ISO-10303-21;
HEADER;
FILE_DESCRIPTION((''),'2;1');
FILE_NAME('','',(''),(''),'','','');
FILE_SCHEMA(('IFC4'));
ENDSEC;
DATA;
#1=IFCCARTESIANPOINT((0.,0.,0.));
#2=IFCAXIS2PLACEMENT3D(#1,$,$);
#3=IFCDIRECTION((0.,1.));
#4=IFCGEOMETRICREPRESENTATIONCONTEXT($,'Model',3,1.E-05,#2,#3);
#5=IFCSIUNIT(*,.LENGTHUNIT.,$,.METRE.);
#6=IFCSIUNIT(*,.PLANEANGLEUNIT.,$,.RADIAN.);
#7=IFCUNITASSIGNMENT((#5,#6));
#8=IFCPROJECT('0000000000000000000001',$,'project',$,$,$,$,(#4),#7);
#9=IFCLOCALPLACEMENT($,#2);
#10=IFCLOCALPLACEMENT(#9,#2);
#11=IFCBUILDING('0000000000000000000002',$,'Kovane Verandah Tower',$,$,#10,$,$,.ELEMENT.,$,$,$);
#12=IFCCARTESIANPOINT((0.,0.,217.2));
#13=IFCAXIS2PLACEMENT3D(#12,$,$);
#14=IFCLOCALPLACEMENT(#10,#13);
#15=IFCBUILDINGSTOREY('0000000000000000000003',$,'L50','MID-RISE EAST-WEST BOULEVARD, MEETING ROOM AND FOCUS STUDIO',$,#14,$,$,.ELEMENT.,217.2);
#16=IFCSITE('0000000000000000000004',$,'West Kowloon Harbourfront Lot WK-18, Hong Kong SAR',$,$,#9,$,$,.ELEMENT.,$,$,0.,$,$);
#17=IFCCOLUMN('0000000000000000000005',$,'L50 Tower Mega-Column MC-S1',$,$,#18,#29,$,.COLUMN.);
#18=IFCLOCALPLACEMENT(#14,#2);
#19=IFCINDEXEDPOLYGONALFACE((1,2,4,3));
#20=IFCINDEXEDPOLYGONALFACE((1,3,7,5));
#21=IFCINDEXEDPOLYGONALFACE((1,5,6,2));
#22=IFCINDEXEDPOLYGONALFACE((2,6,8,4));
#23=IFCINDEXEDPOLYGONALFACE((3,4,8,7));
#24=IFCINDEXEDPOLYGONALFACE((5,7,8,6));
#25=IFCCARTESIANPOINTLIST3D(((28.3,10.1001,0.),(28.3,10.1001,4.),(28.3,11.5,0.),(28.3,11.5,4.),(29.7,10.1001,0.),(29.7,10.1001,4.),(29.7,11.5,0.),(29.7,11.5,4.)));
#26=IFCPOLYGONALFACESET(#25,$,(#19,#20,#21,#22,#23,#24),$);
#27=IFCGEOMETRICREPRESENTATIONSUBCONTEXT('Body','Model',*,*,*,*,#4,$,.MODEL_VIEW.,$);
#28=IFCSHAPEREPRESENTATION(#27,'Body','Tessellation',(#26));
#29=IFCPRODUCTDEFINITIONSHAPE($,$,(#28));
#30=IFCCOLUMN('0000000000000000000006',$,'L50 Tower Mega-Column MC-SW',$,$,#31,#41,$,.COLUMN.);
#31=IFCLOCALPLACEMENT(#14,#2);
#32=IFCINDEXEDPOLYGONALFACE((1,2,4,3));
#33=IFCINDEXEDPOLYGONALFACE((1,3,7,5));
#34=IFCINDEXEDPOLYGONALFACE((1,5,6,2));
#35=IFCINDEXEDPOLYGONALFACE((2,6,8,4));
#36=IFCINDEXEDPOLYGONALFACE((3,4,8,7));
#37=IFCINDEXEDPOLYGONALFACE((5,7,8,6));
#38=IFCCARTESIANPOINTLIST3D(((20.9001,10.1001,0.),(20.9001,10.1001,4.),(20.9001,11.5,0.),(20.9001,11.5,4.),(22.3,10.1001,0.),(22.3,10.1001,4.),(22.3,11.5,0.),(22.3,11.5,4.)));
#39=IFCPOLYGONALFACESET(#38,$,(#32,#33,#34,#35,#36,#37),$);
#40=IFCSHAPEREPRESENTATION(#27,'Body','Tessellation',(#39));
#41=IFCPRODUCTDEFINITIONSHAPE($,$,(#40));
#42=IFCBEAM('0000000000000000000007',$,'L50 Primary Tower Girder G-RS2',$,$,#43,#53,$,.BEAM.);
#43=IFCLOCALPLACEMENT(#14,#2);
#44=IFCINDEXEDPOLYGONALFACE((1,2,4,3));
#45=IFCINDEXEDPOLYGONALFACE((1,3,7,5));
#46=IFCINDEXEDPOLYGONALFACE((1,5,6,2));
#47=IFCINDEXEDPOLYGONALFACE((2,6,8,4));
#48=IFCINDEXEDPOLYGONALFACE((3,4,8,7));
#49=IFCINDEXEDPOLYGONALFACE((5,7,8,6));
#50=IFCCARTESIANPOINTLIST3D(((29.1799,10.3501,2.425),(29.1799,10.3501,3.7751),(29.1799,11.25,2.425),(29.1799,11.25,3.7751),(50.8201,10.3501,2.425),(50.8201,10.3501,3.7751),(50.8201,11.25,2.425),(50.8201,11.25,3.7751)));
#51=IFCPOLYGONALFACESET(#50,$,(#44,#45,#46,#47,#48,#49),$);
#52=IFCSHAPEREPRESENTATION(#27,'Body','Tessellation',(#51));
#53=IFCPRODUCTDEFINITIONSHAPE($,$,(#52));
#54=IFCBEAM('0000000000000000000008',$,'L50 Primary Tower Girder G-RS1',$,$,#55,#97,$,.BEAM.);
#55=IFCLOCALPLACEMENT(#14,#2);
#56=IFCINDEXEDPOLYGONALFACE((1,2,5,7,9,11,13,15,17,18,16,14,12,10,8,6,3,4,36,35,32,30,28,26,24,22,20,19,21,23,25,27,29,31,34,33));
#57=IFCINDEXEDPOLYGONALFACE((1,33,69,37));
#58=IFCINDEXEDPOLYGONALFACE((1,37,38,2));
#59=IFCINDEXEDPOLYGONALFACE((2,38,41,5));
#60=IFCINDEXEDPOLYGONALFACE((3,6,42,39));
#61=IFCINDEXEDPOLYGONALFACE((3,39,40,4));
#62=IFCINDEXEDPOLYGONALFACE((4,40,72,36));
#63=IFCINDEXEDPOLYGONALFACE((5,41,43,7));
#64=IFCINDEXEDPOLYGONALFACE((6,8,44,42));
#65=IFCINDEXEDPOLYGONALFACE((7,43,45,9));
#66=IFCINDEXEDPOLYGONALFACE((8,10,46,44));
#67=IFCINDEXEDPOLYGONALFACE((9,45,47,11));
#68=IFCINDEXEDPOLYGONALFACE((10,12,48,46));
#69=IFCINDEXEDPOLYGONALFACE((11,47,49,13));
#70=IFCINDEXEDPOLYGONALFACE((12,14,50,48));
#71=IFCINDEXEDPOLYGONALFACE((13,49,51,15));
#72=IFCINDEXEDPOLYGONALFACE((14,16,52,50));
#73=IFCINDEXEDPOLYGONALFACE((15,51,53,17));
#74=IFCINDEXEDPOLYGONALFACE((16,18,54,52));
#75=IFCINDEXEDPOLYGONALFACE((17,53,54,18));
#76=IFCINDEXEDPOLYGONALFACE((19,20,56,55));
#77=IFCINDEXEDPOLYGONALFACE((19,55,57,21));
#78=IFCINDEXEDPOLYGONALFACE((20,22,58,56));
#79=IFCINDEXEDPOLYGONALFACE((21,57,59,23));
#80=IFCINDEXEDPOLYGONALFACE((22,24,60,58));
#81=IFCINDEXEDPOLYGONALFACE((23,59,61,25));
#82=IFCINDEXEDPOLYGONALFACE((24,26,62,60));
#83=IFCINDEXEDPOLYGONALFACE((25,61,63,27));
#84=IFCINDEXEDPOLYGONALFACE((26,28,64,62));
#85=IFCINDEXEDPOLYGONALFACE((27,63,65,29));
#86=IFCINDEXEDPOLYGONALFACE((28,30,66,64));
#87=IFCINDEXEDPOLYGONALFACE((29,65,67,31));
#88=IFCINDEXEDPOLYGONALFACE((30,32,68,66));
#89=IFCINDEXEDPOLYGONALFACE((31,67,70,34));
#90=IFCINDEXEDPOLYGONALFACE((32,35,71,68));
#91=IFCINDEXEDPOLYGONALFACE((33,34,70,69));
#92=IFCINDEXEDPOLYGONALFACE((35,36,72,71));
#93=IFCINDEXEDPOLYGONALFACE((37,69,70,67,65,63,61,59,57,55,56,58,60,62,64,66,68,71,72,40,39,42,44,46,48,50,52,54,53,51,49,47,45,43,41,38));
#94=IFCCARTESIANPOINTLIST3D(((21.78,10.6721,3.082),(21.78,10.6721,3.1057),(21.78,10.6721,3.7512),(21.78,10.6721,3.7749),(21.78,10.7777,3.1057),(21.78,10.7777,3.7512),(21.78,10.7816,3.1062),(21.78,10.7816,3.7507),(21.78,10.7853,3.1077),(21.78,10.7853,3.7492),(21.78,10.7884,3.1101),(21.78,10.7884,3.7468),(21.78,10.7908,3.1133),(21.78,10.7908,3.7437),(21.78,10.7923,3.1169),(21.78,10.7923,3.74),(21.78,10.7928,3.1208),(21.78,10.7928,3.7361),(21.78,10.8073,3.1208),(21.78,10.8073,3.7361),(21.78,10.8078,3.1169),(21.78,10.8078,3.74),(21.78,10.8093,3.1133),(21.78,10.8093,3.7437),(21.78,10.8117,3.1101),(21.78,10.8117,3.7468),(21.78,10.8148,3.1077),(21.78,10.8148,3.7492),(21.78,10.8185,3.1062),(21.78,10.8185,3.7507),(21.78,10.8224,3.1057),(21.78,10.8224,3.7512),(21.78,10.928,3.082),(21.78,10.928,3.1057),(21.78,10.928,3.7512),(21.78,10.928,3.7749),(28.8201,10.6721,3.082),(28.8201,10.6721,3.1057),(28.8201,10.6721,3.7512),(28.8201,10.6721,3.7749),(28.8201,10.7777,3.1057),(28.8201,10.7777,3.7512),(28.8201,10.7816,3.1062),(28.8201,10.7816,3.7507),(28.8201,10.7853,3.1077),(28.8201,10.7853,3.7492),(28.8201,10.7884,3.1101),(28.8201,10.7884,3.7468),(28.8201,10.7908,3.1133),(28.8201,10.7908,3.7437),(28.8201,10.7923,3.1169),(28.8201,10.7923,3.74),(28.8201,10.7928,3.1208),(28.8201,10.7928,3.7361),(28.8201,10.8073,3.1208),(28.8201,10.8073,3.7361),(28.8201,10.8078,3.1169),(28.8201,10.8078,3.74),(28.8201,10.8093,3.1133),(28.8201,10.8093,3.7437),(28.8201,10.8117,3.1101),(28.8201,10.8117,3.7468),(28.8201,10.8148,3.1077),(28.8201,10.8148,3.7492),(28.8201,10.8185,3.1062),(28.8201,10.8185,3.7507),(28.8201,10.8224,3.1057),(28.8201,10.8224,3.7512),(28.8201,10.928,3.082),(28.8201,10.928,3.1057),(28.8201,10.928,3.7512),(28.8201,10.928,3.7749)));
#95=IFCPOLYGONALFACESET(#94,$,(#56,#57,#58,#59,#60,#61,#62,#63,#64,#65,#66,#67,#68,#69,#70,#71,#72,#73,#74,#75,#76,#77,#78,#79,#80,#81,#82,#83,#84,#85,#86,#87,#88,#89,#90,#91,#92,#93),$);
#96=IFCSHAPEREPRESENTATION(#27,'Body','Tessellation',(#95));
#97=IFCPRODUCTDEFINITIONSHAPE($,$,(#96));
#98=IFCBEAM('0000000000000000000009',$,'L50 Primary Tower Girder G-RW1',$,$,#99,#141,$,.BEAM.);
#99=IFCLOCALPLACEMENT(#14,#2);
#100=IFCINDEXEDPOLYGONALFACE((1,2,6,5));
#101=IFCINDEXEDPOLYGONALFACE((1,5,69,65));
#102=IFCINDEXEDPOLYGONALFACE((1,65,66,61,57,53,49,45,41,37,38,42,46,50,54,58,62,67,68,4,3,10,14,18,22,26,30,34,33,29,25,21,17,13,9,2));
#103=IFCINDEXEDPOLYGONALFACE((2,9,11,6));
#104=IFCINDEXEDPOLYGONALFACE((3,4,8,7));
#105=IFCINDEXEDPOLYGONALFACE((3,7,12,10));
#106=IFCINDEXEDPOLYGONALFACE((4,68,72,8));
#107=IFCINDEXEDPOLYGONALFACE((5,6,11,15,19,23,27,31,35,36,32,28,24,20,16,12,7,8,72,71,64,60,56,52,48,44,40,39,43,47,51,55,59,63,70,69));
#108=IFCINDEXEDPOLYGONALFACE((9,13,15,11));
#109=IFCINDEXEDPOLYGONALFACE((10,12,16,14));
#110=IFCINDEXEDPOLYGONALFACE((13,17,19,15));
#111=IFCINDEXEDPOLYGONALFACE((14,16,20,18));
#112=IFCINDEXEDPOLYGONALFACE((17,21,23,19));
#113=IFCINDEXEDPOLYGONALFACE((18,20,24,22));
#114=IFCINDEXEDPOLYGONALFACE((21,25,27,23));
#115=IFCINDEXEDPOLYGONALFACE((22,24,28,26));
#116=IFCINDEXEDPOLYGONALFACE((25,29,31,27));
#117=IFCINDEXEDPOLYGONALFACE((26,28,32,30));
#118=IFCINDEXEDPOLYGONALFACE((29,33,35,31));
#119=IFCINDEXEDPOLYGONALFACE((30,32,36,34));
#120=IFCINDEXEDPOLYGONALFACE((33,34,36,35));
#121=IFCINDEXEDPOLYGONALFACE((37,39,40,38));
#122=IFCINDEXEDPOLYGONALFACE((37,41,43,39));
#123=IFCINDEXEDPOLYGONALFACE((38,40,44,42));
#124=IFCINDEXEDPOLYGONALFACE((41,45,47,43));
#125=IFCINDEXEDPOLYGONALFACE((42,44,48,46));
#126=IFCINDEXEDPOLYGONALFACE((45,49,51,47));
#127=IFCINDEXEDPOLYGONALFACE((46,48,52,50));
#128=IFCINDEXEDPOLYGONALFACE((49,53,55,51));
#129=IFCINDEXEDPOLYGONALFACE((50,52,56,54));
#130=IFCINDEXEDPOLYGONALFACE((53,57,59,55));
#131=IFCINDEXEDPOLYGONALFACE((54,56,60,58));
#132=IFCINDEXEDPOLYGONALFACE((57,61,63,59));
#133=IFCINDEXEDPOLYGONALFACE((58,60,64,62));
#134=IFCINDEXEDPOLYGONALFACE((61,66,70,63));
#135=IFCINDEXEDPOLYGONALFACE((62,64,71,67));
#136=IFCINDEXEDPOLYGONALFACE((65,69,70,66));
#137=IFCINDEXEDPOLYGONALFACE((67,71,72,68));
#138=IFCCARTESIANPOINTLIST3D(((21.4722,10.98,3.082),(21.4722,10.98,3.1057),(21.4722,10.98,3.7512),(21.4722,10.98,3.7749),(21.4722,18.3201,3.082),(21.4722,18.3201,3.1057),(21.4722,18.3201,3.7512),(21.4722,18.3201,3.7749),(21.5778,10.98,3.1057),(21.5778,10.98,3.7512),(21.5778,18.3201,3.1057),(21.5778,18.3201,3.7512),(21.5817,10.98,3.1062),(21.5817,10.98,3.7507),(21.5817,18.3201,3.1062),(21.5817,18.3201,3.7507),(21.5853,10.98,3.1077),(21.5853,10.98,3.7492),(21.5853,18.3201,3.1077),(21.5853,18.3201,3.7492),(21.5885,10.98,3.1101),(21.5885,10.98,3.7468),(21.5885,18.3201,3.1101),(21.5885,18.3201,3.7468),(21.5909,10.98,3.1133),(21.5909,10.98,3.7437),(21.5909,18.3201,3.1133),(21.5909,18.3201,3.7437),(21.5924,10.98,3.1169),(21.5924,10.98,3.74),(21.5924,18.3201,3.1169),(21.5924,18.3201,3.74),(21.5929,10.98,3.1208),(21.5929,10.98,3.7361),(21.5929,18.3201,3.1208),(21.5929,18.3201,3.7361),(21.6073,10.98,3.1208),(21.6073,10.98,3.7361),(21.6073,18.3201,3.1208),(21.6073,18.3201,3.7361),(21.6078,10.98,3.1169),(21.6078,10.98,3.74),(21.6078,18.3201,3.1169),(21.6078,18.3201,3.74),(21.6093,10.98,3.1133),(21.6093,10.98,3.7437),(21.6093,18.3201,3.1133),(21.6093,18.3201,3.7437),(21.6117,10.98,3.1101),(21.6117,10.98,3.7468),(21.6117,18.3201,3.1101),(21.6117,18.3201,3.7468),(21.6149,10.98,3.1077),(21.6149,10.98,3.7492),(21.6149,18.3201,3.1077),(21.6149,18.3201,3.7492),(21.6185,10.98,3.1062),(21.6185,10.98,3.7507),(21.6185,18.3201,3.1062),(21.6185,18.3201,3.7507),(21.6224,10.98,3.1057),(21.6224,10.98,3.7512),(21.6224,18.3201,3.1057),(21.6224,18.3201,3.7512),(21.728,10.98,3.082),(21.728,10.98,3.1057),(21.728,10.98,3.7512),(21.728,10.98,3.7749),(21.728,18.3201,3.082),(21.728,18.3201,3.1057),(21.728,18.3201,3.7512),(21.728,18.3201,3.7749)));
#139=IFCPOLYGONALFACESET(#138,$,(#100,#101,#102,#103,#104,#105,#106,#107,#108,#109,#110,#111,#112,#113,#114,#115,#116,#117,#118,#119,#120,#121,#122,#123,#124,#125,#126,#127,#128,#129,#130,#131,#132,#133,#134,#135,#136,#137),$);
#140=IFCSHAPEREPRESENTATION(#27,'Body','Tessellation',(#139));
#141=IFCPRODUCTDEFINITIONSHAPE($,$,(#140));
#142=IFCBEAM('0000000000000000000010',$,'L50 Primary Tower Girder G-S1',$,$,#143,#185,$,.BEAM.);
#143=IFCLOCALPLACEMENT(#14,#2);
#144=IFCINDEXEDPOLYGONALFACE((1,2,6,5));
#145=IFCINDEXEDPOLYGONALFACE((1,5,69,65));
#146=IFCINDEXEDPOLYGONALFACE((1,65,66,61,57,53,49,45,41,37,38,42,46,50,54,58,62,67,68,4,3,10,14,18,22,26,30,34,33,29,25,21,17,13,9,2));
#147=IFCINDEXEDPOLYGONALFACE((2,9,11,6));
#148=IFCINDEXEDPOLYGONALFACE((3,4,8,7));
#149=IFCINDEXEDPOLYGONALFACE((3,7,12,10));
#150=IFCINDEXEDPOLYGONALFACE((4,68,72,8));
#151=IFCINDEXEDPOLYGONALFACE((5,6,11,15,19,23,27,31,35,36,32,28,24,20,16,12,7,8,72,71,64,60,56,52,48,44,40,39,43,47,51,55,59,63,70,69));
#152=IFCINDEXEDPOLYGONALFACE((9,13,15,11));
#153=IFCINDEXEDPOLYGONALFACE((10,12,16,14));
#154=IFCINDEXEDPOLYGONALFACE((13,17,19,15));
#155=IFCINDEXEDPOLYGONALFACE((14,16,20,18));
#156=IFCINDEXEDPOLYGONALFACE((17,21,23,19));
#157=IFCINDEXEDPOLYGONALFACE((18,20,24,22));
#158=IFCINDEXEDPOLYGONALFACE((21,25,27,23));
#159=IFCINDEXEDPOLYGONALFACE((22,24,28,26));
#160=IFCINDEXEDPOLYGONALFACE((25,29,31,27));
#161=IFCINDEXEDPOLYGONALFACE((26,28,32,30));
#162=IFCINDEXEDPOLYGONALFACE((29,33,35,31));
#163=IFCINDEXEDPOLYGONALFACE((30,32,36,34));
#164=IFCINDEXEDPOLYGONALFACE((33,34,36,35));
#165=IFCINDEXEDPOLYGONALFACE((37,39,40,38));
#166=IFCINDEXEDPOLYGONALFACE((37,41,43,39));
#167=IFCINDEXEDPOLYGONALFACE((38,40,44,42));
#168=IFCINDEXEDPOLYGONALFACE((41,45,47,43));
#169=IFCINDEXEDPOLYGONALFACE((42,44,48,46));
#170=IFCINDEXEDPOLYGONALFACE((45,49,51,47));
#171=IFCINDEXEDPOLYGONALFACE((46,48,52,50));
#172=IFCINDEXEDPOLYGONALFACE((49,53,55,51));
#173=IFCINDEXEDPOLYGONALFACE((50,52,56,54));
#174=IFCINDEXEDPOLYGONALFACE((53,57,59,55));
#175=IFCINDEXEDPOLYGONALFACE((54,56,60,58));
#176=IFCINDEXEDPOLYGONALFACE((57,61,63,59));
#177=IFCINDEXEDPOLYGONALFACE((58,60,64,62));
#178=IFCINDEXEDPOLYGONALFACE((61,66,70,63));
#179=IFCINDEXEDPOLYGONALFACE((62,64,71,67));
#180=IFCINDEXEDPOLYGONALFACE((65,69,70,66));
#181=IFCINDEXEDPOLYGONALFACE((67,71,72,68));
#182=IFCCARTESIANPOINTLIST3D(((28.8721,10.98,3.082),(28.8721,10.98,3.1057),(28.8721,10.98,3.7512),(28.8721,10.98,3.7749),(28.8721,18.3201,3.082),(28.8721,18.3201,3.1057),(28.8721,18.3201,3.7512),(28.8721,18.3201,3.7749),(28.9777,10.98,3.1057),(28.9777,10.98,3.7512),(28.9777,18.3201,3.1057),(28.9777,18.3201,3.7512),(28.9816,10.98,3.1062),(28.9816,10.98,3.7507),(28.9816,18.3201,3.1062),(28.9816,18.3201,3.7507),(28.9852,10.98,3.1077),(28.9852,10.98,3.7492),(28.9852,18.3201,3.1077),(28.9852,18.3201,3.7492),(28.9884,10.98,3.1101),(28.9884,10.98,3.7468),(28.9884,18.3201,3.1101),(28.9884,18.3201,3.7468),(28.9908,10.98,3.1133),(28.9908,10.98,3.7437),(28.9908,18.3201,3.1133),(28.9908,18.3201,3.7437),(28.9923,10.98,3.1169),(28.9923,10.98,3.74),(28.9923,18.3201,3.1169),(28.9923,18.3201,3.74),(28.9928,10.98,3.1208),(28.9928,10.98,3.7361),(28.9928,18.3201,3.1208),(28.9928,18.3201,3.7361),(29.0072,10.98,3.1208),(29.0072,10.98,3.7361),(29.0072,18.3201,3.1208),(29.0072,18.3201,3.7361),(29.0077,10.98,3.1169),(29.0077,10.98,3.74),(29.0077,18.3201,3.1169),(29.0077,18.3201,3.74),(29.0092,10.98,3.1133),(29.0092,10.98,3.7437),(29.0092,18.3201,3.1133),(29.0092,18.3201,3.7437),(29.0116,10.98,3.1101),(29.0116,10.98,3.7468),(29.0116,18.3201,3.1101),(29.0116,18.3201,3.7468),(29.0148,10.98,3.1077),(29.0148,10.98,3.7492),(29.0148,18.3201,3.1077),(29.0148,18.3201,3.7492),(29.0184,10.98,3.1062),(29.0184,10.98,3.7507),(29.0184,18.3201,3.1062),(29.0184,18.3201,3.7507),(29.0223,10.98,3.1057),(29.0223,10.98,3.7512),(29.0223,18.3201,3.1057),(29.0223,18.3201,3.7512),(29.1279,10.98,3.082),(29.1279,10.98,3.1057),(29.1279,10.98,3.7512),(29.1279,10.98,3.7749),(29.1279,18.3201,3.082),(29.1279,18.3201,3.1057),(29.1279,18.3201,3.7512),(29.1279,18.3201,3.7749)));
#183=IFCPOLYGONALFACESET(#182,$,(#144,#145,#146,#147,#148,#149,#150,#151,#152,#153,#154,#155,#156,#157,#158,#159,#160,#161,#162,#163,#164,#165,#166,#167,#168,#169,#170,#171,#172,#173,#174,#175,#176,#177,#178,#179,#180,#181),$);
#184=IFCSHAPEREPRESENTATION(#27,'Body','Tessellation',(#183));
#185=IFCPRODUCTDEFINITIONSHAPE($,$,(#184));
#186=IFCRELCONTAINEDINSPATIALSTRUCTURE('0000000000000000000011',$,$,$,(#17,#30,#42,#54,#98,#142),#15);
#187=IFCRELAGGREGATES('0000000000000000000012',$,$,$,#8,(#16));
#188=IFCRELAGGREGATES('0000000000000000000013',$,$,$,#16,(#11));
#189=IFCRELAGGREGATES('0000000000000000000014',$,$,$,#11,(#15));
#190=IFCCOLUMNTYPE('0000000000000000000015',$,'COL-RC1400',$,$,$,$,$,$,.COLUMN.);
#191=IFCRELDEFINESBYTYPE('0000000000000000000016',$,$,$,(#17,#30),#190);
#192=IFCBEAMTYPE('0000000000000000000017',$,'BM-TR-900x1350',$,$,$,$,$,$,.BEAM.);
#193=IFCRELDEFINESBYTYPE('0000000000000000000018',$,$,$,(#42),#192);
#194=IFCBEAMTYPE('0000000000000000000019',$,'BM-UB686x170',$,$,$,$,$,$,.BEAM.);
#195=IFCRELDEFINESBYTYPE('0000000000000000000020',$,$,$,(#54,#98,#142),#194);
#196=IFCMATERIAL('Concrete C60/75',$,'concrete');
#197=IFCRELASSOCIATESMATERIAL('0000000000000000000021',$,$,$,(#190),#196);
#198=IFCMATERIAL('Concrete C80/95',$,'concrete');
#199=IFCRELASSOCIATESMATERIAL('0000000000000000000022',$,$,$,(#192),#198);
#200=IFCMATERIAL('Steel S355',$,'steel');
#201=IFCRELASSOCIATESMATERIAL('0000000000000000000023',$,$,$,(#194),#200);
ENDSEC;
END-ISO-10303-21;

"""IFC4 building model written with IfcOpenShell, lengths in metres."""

from ifc_helpers import new_model, si_unit, direction, frame, origin, origin_2d, place, context, subcontext, project, spatial, rectangle, i_section, extrude, material, material_profile, profile_set, type_object, element, save


model = new_model("IFC4")

# Units and contexts
model_context = context("Model", 3, precision=1e-05, world=origin(), true_north=direction((0.0, 1.0)))
body_context = subcontext(model_context, "Body", "Model", "MODEL_VIEW")
ifc_project = project(units=[si_unit("LENGTHUNIT", "METRE"), si_unit("PLANEANGLEUNIT", "RADIAN")], contexts=[model_context])

# Site, building, storey
site_placement = place(None, origin())
site = spatial("IfcSite", under=ifc_project, at=site_placement, Name="West Kowloon Harbourfront Lot WK-18, Hong Kong SAR", CompositionType="ELEMENT", RefElevation=0.0)
building_placement = place(site_placement, origin())
building = spatial("IfcBuilding", under=site, at=building_placement, Name="Kovane Verandah Tower", CompositionType="ELEMENT")
storey_placement = place(building_placement, frame((0.0, 0.0, 217.2)))
storey = spatial("IfcBuildingStorey", under=building, at=storey_placement, Name="L50", Description="MID-RISE EAST-WEST BOULEVARD, MEETING ROOM AND FOCUS STUDIO", CompositionType="ELEMENT", Elevation=217.2)

# Columns
ifc_material_1 = material(Name="Concrete C60/75", Category="concrete")
ifc_material_profile_1 = material_profile(ifc_material_1, rectangle(XDim=1.3999, YDim=1.3999, at=origin_2d()), Name="RC1400x1400")
ifc_profile_set_1 = profile_set([ifc_material_profile_1], Name="Concrete C60/75")
column_type = type_object("IfcColumnType", Name="COL-RC1400", PredefinedType="COLUMN", material=ifc_profile_set_1)
for number, where, z_axis, x_axis, name in (
    (1, (29.0, 10.8, 0.0), (0.0, 0.0, 1.0), (1.0, 0.0, 0.0), "L50 Tower Mega-Column MC-S1"),
    (2, (21.6001, 10.8, 0.0), (0.0, 0.0, 1.0), (1.0, 0.0, 0.0), "L50 Tower Mega-Column MC-SW"),
):
    element("IfcColumn", number, at=place(storey_placement, frame(where, z_axis=z_axis, x_axis=x_axis)), inside=storey, type_object=column_type, Name=name, PredefinedType="COLUMN", context=body_context, shape_type="SweptSolid", body=[
        extrude(rectangle(XDim=1.3999, YDim=1.3999, at=origin_2d()), origin(), (0.0, 0.0, 1.0), 4.0),
    ])

# Beams
ifc_material_2 = material(Name="Concrete C80/95", Category="concrete")
ifc_material_profile_2 = material_profile(ifc_material_2, rectangle(XDim=0.8999, YDim=1.3501, at=origin_2d()), Name="RCB900x1350")
ifc_profile_set_2 = profile_set([ifc_material_profile_2], Name="Concrete C80/95")
beam_type_1 = type_object("IfcBeamType", Name="BM-TR-900x1350", PredefinedType="BEAM", material=ifc_profile_set_2)
beam_1_placement = place(storey_placement, frame((29.1799, 10.8, 3.1001), z_axis=(1.0, 0.0, 0.0), x_axis=(0.0, 1.0, 0.0)))
element("IfcBeam", 3, at=beam_1_placement, inside=storey, type_object=beam_type_1, Name="L50 Primary Tower Girder G-RS2", PredefinedType="BEAM", context=body_context, shape_type="SweptSolid", body=[
    extrude(rectangle(XDim=0.8999, YDim=1.3501, at=origin_2d()), origin(), (0.0, 0.0, 1.0), 21.6401),
])
ifc_material_3 = material(Name="Steel S355", Category="steel")
ifc_material_profile_3 = material_profile(ifc_material_3, i_section(OverallWidth=0.2559, OverallDepth=0.6929, WebThickness=0.0144, FlangeThickness=0.0237, FilletRadius=0.0151, at=origin_2d()), Name="UB686x254x170")
ifc_profile_set_3 = profile_set([ifc_material_profile_3], Name="Steel S355")
beam_type_2 = type_object("IfcBeamType", Name="BM-UB686x170", PredefinedType="BEAM", material=ifc_profile_set_3)
beam_2_placement = place(storey_placement, frame((21.78, 10.8, 3.4285), z_axis=(1.0, 0.0, 0.0), x_axis=(0.0, 1.0, 0.0)))
element("IfcBeam", 4, at=beam_2_placement, inside=storey, type_object=beam_type_2, Name="L50 Primary Tower Girder G-RS1", PredefinedType="BEAM", context=body_context, shape_type="SweptSolid", body=[
    extrude(i_section(OverallWidth=0.2559, OverallDepth=0.6929, WebThickness=0.0144, FlangeThickness=0.0237, FilletRadius=0.0151, at=origin_2d()), origin(), (0.0, 0.0, 1.0), 7.04),
])
for number, where, z_axis, x_axis, name in (
    (5, (21.6001, 10.98, 3.4285), (0.0, 1.0, 0.0), (-1.0, 0.0, 0.0), "L50 Primary Tower Girder G-RW1"),
    (6, (29.0, 18.3201, 3.4285), (0.0, -1.0, 0.0), (1.0, 0.0, 0.0), "L50 Primary Tower Girder G-S1"),
):
    element("IfcBeam", number, at=place(storey_placement, frame(where, z_axis=z_axis, x_axis=x_axis)), inside=storey, type_object=beam_type_2, Name=name, PredefinedType="BEAM", context=body_context, shape_type="SweptSolid", body=[
        extrude(i_section(OverallWidth=0.2559, OverallDepth=0.6929, WebThickness=0.0144, FlangeThickness=0.0237, FilletRadius=0.0151, at=origin_2d()), origin(), (0.0, 0.0, 1.0), 7.3401),
    ])

save(model, "model.ifc")
